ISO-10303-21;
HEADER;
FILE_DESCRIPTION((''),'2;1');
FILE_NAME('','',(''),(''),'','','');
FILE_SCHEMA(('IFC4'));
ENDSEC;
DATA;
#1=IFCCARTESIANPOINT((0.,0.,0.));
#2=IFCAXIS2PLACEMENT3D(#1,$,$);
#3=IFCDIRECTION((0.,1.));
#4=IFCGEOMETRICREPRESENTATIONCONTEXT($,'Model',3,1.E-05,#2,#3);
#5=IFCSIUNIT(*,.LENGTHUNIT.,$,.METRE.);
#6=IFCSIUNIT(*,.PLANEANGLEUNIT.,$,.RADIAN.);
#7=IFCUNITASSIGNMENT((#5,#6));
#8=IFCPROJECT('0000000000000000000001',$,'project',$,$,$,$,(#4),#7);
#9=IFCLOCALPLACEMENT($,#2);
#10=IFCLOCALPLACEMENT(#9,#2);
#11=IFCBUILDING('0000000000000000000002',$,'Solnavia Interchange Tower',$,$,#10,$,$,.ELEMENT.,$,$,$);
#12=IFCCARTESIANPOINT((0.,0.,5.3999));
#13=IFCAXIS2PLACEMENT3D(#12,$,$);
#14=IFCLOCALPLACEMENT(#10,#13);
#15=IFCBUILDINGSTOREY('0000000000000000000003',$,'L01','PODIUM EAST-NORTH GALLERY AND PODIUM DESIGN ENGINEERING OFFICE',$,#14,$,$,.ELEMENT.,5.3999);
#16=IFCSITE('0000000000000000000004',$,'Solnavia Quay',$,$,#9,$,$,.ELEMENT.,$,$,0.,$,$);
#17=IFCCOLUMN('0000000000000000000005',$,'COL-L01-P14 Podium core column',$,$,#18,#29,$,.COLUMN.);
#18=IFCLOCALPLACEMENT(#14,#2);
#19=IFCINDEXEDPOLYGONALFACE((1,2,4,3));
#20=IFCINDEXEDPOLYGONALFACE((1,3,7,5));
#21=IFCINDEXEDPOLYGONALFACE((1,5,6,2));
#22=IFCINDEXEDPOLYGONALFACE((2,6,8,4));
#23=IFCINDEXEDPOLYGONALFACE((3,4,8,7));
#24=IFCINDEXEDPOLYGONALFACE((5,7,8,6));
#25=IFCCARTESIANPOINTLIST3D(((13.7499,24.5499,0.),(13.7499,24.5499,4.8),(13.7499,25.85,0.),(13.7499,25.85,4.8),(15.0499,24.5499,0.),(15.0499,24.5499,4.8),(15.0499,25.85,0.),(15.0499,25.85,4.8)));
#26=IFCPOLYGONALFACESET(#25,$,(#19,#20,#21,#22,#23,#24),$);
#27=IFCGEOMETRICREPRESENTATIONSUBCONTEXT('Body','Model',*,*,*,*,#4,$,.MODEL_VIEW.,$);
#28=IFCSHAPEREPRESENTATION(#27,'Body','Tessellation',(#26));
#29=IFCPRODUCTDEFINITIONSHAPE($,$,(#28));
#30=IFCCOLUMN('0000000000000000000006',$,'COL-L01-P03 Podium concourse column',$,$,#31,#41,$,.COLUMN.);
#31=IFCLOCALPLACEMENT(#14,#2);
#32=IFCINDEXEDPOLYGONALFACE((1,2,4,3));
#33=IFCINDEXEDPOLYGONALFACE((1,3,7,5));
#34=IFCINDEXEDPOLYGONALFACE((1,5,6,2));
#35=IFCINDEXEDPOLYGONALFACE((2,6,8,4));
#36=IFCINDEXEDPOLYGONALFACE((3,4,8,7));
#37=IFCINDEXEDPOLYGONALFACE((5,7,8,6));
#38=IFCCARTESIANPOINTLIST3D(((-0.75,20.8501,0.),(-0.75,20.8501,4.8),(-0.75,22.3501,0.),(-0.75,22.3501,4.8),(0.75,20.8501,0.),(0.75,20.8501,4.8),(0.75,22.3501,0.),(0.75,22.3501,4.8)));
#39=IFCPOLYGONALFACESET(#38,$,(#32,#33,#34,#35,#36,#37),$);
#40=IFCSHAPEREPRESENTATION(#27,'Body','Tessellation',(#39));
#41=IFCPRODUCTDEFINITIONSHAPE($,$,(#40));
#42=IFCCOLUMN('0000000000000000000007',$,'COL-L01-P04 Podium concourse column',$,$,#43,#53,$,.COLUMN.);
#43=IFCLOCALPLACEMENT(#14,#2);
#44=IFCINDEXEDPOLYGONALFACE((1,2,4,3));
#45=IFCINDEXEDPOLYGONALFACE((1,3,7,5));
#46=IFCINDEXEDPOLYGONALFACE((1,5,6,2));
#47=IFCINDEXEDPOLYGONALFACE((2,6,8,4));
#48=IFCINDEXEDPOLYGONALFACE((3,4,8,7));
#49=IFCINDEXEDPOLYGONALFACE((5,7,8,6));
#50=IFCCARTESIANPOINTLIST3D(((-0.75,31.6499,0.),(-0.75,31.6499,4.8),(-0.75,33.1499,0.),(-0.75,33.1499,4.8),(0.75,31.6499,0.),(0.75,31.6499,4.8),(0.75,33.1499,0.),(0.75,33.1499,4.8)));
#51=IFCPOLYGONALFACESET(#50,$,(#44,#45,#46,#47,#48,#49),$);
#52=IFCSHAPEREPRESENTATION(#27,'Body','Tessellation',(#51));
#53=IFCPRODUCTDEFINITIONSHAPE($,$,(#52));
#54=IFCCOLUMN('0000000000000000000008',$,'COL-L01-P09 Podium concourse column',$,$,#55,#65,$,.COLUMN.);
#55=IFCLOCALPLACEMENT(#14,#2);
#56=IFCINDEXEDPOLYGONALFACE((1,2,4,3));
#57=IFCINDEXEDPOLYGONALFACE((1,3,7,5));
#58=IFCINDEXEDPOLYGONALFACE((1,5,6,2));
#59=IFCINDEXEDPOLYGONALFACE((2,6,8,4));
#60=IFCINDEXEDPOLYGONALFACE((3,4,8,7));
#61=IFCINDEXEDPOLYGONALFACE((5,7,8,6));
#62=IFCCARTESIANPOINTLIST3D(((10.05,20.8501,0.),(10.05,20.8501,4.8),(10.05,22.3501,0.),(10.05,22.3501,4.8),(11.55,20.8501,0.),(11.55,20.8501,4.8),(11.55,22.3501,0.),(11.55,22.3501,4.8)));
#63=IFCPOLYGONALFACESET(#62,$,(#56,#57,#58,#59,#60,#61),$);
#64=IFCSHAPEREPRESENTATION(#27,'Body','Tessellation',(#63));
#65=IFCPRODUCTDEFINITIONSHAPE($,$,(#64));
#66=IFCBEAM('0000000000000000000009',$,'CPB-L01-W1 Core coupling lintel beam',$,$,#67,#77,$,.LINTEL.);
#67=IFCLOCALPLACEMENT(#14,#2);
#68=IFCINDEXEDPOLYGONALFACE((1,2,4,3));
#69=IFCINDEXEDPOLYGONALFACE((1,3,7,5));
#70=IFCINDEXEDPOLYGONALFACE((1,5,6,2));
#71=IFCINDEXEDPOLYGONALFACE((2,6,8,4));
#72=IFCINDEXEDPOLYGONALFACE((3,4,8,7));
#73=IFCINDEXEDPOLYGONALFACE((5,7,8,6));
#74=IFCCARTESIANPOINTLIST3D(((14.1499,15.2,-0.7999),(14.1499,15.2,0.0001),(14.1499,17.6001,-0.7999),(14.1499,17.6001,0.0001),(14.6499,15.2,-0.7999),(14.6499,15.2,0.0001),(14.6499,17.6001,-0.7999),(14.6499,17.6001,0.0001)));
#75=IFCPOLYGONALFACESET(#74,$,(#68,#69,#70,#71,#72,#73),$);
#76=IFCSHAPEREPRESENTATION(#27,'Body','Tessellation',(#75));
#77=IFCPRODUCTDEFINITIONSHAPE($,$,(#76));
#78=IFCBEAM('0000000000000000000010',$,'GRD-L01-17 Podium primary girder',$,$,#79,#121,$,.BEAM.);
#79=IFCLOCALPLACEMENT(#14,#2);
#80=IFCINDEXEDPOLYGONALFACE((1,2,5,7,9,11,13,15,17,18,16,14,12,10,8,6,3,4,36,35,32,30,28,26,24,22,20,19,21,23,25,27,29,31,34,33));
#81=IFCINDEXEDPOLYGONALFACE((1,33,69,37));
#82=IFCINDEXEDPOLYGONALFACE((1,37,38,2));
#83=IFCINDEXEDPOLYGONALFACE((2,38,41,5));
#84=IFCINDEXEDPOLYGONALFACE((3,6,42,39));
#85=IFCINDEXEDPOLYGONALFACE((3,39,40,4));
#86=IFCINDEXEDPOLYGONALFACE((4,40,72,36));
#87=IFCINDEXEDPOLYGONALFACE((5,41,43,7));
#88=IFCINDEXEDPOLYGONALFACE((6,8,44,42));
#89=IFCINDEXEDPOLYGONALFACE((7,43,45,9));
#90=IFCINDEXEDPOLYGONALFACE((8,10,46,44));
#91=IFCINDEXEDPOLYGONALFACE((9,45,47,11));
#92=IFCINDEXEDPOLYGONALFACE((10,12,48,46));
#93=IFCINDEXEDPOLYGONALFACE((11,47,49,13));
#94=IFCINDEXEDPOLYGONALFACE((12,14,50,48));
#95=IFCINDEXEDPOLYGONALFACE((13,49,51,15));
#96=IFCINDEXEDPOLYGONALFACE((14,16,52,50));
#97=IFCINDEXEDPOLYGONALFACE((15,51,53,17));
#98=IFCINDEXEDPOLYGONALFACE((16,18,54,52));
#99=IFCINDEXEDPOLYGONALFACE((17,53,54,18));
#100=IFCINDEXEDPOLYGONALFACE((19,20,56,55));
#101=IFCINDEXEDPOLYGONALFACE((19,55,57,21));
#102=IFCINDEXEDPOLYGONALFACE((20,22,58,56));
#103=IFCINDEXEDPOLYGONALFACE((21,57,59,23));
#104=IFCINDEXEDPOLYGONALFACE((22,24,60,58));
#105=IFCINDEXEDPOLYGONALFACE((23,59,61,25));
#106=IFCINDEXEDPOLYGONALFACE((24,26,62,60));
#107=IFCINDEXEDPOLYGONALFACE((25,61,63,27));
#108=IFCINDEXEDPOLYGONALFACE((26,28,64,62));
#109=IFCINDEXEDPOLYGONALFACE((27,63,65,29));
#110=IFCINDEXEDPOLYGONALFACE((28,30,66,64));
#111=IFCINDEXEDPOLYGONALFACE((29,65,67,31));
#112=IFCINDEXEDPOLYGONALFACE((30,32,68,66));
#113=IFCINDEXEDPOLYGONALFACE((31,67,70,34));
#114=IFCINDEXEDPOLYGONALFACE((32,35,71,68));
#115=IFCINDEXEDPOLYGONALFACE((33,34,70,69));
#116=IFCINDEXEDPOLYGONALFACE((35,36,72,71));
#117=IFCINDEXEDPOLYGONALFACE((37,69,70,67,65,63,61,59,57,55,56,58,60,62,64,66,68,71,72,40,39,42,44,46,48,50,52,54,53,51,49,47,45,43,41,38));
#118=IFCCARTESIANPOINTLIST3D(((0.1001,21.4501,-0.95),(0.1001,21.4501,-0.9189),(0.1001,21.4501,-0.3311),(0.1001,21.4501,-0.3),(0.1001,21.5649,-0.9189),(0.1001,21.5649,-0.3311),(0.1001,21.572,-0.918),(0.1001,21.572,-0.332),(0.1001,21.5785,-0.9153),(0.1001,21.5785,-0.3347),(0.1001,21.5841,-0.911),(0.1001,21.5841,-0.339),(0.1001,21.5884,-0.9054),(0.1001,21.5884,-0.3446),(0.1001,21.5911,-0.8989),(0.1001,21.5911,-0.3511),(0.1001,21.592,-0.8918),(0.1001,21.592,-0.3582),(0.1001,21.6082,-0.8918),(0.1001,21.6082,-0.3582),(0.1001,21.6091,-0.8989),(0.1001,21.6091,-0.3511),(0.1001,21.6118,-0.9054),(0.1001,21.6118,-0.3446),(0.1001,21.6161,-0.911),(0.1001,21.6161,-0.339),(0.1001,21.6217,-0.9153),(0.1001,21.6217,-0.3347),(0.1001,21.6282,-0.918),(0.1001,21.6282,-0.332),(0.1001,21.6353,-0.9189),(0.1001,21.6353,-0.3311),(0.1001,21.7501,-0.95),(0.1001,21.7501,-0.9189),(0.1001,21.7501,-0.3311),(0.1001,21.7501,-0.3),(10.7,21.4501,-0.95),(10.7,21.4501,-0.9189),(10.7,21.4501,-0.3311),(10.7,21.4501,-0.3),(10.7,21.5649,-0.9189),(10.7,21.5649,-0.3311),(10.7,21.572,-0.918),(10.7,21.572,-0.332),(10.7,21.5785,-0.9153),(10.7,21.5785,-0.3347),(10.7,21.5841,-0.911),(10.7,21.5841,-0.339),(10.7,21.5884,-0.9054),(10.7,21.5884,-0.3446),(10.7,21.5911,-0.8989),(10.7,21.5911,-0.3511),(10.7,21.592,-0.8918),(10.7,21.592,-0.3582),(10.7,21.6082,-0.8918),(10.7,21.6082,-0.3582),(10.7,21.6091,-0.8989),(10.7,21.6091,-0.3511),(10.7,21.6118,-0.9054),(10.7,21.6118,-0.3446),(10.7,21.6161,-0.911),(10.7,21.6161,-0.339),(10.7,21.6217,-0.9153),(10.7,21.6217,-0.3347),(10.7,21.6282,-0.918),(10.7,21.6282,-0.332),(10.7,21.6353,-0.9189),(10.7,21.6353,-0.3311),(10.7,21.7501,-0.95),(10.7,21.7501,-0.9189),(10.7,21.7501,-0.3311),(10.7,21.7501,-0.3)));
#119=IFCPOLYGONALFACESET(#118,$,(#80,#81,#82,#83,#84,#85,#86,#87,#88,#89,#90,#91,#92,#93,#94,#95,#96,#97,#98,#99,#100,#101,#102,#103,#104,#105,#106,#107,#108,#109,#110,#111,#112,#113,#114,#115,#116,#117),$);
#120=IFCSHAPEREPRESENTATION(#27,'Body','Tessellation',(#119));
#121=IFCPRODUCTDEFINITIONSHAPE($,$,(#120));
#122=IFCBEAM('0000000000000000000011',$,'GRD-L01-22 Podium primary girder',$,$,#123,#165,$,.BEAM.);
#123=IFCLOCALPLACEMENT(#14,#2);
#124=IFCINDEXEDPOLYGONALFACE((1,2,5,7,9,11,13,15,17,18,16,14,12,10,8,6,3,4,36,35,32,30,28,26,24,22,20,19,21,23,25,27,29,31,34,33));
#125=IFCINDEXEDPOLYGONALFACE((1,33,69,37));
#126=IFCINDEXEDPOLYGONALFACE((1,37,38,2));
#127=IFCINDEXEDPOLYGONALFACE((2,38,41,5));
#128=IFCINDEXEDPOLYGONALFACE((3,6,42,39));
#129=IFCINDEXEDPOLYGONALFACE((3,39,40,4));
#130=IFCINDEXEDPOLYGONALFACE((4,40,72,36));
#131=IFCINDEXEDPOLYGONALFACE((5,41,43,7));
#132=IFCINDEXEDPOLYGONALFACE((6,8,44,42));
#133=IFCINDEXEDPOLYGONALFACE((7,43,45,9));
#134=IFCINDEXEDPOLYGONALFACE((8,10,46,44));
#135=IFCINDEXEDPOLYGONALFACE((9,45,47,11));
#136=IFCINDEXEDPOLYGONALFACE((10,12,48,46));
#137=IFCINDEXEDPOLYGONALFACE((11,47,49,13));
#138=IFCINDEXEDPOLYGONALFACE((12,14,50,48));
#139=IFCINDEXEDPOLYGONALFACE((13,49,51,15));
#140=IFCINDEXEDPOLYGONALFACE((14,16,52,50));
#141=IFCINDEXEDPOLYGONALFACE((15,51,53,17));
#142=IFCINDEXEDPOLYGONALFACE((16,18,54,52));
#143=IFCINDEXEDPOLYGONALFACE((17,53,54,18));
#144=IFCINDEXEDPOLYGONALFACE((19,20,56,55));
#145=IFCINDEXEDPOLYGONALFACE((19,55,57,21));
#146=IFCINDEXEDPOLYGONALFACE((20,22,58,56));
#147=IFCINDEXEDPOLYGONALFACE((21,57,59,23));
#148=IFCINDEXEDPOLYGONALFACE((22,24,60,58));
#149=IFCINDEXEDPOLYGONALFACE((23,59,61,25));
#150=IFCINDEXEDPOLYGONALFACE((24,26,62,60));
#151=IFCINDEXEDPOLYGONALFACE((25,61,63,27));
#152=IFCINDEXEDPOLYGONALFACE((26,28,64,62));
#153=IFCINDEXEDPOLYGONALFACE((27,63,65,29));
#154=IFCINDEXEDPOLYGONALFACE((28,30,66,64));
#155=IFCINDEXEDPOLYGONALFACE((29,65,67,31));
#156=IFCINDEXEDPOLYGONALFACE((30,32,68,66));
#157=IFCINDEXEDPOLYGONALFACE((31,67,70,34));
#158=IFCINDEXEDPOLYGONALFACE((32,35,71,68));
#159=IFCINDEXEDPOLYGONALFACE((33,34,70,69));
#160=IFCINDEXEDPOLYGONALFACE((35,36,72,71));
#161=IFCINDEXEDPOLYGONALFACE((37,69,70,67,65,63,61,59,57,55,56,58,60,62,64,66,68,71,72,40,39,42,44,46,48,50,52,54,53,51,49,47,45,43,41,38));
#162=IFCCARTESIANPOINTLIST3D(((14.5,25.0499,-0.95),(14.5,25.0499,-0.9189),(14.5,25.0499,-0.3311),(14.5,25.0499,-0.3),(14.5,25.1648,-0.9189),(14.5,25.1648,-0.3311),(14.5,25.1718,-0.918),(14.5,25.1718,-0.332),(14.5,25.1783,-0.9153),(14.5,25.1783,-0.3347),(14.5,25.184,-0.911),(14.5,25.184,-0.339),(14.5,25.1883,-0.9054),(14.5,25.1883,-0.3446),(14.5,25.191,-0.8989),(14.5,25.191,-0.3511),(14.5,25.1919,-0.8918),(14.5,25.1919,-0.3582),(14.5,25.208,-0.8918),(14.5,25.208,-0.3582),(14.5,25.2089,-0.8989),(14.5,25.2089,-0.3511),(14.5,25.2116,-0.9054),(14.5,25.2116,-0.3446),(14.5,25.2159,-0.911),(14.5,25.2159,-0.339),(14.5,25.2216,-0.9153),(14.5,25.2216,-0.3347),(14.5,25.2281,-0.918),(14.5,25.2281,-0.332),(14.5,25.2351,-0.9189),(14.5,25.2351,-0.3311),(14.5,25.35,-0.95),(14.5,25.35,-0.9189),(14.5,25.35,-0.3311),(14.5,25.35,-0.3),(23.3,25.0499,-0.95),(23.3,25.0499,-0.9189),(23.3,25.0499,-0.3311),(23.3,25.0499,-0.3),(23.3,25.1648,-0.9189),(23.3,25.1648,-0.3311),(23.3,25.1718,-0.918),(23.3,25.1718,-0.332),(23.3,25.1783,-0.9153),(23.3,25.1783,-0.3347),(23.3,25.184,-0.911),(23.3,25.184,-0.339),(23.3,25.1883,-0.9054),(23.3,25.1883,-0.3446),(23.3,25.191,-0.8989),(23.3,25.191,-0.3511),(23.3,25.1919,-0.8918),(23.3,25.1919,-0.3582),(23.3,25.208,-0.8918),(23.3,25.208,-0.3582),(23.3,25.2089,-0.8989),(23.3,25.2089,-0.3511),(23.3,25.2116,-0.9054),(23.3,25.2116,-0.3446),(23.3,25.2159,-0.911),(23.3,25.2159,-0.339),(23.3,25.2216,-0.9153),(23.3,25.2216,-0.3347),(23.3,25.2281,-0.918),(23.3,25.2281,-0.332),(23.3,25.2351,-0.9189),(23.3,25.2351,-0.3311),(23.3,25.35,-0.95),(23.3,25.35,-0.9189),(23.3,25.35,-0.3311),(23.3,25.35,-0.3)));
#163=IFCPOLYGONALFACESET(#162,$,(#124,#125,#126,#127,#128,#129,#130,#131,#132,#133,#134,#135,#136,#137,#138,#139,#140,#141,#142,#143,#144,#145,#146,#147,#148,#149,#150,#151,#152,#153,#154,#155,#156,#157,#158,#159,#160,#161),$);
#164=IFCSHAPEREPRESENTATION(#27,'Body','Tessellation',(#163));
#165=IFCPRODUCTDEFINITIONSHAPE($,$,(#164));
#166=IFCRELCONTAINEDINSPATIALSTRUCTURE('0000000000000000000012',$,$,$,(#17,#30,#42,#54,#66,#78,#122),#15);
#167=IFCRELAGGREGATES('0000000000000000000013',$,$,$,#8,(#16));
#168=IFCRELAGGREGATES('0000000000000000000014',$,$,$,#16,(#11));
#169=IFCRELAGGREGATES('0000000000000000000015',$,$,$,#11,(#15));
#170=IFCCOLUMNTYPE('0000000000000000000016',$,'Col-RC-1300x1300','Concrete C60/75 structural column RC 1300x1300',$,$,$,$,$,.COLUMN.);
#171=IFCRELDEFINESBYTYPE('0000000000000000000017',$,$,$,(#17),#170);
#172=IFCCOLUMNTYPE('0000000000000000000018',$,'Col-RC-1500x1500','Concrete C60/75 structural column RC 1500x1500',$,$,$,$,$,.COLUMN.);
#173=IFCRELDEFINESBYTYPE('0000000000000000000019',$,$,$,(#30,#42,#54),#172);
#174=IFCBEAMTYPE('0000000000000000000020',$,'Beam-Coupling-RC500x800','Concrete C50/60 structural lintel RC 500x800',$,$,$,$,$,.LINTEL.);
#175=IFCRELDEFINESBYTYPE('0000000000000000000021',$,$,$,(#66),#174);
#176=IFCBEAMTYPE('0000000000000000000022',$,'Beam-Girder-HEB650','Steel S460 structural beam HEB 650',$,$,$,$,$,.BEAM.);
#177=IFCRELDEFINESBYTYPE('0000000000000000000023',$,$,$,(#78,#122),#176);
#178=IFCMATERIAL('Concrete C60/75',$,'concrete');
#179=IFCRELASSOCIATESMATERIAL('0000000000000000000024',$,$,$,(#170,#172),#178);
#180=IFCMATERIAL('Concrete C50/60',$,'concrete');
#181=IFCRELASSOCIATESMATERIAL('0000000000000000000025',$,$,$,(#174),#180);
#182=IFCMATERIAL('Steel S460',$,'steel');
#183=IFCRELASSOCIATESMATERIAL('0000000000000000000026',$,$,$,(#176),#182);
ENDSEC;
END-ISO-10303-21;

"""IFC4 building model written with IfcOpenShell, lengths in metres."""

from ifc_helpers import new_model, si_unit, direction, frame, origin, origin_2d, place, context, subcontext, project, spatial, rectangle, i_section, extrude, material, material_profile, profile_set, type_object, element, save


model = new_model("IFC4")

# Units and contexts
model_context = context("Model", 3, precision=1e-05, world=origin(), true_north=direction((0.0, 1.0)))
body_context = subcontext(model_context, "Body", "Model", "MODEL_VIEW")
ifc_project = project(units=[si_unit("LENGTHUNIT", "METRE"), si_unit("PLANEANGLEUNIT", "RADIAN")], contexts=[model_context])

# Site, building, storey
site_placement = place(None, origin())
site = spatial("IfcSite", under=ifc_project, at=site_placement, Name="Solnavia Quay", CompositionType="ELEMENT", RefElevation=0.0)
building_placement = place(site_placement, origin())
building = spatial("IfcBuilding", under=site, at=building_placement, Name="Solnavia Interchange Tower", CompositionType="ELEMENT")
storey_placement = place(building_placement, frame((0.0, 0.0, 5.3999)))
storey = spatial("IfcBuildingStorey", under=building, at=storey_placement, Name="L01", Description="PODIUM EAST-NORTH GALLERY AND PODIUM DESIGN ENGINEERING OFFICE", CompositionType="ELEMENT", Elevation=5.3999)

# Columns
ifc_material_1 = material(Name="Concrete C60/75", Category="concrete")
ifc_material_profile_1 = material_profile(ifc_material_1, rectangle(XDim=1.3, YDim=1.3, at=origin_2d()), Name="RC 1300x1300")
ifc_profile_set_1 = profile_set([ifc_material_profile_1], Name="Concrete C60/75")
column_type_1 = type_object("IfcColumnType", Name="Col-RC-1300x1300", Description="Concrete C60/75 structural column RC 1300x1300", PredefinedType="COLUMN", material=ifc_profile_set_1)
column_placement = place(storey_placement, frame((14.3999, 25.2, 0.0), z_axis=(0.0, 0.0, 1.0), x_axis=(1.0, 0.0, 0.0)))
element("IfcColumn", 1, at=column_placement, inside=storey, type_object=column_type_1, Name="COL-L01-P14 Podium core column", PredefinedType="COLUMN", context=body_context, shape_type="SweptSolid", body=[
    extrude(rectangle(XDim=1.3, YDim=1.3, at=origin_2d()), origin(), (0.0, 0.0, 1.0), 4.8),
])
ifc_material_profile_2 = material_profile(ifc_material_1, rectangle(XDim=1.5, YDim=1.5, at=origin_2d()), Name="RC 1500x1500")
ifc_profile_set_2 = profile_set([ifc_material_profile_2], Name="Concrete C60/75")
column_type_2 = type_object("IfcColumnType", Name="Col-RC-1500x1500", Description="Concrete C60/75 structural column RC 1500x1500", PredefinedType="COLUMN", material=ifc_profile_set_2)
for number, where, z_axis, x_axis, name in (
    (2, (0.0, 21.6001, 0.0), (0.0, 0.0, 1.0), (1.0, 0.0, 0.0), "COL-L01-P03 Podium concourse column"),
    (3, (0.0, 32.3999, 0.0), (0.0, 0.0, 1.0), (1.0, 0.0, 0.0), "COL-L01-P04 Podium concourse column"),
    (4, (10.8, 21.6001, 0.0), (0.0, 0.0, 1.0), (1.0, 0.0, 0.0), "COL-L01-P09 Podium concourse column"),
):
    element("IfcColumn", number, at=place(storey_placement, frame(where, z_axis=z_axis, x_axis=x_axis)), inside=storey, type_object=column_type_2, Name=name, PredefinedType="COLUMN", context=body_context, shape_type="SweptSolid", body=[
        extrude(rectangle(XDim=1.5, YDim=1.5, at=origin_2d()), origin(), (0.0, 0.0, 1.0), 4.8),
    ])

# Beams
ifc_material_2 = material(Name="Concrete C50/60", Category="concrete")
ifc_material_profile_3 = material_profile(ifc_material_2, rectangle(XDim=0.5, YDim=0.8, at=origin_2d()), Name="RC 500x800")
ifc_profile_set_3 = profile_set([ifc_material_profile_3], Name="Concrete C50/60")
beam_type_1 = type_object("IfcBeamType", Name="Beam-Coupling-RC500x800", Description="Concrete C50/60 structural lintel RC 500x800", PredefinedType="LINTEL", material=ifc_profile_set_3)
beam_1_placement = place(storey_placement, frame((14.3999, 15.2, -0.3999), z_axis=(0.0, 1.0, 0.0), x_axis=(-1.0, 0.0, 0.0)))
element("IfcBeam", 5, at=beam_1_placement, inside=storey, type_object=beam_type_1, Name="CPB-L01-W1 Core coupling lintel beam", PredefinedType="LINTEL", context=body_context, shape_type="SweptSolid", body=[
    extrude(rectangle(XDim=0.5, YDim=0.8, at=origin_2d()), origin(), (0.0, 0.0, 1.0), 2.4001),
])
ifc_material_3 = material(Name="Steel S460", Category="steel")
ifc_material_profile_4 = material_profile(ifc_material_3, i_section(OverallWidth=0.3, OverallDepth=0.6499, WebThickness=0.0161, FlangeThickness=0.031, FilletRadius=0.0271, at=origin_2d()), Name="HEB 650")
ifc_profile_set_4 = profile_set([ifc_material_profile_4], Name="Steel S460")
beam_type_2 = type_object("IfcBeamType", Name="Beam-Girder-HEB650", Description="Steel S460 structural beam HEB 650", PredefinedType="BEAM", material=ifc_profile_set_4)
beam_2_placement = place(storey_placement, frame((0.1001, 21.6001, -0.625), z_axis=(1.0, 0.0, 0.0), x_axis=(0.0, 1.0, 0.0)))
element("IfcBeam", 6, at=beam_2_placement, inside=storey, type_object=beam_type_2, Name="GRD-L01-17 Podium primary girder", PredefinedType="BEAM", context=body_context, shape_type="SweptSolid", body=[
    extrude(i_section(OverallWidth=0.3, OverallDepth=0.6499, WebThickness=0.0161, FlangeThickness=0.031, FilletRadius=0.0271, at=origin_2d()), origin(), (0.0, 0.0, 1.0), 10.5999),
])
beam_3_placement = place(storey_placement, frame((14.5, 25.2, -0.625), z_axis=(1.0, 0.0, 0.0), x_axis=(0.0, 1.0, 0.0)))
element("IfcBeam", 7, at=beam_3_placement, inside=storey, type_object=beam_type_2, Name="GRD-L01-22 Podium primary girder", PredefinedType="BEAM", context=body_context, shape_type="SweptSolid", body=[
    extrude(i_section(OverallWidth=0.3, OverallDepth=0.6499, WebThickness=0.0161, FlangeThickness=0.031, FilletRadius=0.0271, at=origin_2d()), origin(), (0.0, 0.0, 1.0), 8.8),
])

save(model, "model.ifc")
